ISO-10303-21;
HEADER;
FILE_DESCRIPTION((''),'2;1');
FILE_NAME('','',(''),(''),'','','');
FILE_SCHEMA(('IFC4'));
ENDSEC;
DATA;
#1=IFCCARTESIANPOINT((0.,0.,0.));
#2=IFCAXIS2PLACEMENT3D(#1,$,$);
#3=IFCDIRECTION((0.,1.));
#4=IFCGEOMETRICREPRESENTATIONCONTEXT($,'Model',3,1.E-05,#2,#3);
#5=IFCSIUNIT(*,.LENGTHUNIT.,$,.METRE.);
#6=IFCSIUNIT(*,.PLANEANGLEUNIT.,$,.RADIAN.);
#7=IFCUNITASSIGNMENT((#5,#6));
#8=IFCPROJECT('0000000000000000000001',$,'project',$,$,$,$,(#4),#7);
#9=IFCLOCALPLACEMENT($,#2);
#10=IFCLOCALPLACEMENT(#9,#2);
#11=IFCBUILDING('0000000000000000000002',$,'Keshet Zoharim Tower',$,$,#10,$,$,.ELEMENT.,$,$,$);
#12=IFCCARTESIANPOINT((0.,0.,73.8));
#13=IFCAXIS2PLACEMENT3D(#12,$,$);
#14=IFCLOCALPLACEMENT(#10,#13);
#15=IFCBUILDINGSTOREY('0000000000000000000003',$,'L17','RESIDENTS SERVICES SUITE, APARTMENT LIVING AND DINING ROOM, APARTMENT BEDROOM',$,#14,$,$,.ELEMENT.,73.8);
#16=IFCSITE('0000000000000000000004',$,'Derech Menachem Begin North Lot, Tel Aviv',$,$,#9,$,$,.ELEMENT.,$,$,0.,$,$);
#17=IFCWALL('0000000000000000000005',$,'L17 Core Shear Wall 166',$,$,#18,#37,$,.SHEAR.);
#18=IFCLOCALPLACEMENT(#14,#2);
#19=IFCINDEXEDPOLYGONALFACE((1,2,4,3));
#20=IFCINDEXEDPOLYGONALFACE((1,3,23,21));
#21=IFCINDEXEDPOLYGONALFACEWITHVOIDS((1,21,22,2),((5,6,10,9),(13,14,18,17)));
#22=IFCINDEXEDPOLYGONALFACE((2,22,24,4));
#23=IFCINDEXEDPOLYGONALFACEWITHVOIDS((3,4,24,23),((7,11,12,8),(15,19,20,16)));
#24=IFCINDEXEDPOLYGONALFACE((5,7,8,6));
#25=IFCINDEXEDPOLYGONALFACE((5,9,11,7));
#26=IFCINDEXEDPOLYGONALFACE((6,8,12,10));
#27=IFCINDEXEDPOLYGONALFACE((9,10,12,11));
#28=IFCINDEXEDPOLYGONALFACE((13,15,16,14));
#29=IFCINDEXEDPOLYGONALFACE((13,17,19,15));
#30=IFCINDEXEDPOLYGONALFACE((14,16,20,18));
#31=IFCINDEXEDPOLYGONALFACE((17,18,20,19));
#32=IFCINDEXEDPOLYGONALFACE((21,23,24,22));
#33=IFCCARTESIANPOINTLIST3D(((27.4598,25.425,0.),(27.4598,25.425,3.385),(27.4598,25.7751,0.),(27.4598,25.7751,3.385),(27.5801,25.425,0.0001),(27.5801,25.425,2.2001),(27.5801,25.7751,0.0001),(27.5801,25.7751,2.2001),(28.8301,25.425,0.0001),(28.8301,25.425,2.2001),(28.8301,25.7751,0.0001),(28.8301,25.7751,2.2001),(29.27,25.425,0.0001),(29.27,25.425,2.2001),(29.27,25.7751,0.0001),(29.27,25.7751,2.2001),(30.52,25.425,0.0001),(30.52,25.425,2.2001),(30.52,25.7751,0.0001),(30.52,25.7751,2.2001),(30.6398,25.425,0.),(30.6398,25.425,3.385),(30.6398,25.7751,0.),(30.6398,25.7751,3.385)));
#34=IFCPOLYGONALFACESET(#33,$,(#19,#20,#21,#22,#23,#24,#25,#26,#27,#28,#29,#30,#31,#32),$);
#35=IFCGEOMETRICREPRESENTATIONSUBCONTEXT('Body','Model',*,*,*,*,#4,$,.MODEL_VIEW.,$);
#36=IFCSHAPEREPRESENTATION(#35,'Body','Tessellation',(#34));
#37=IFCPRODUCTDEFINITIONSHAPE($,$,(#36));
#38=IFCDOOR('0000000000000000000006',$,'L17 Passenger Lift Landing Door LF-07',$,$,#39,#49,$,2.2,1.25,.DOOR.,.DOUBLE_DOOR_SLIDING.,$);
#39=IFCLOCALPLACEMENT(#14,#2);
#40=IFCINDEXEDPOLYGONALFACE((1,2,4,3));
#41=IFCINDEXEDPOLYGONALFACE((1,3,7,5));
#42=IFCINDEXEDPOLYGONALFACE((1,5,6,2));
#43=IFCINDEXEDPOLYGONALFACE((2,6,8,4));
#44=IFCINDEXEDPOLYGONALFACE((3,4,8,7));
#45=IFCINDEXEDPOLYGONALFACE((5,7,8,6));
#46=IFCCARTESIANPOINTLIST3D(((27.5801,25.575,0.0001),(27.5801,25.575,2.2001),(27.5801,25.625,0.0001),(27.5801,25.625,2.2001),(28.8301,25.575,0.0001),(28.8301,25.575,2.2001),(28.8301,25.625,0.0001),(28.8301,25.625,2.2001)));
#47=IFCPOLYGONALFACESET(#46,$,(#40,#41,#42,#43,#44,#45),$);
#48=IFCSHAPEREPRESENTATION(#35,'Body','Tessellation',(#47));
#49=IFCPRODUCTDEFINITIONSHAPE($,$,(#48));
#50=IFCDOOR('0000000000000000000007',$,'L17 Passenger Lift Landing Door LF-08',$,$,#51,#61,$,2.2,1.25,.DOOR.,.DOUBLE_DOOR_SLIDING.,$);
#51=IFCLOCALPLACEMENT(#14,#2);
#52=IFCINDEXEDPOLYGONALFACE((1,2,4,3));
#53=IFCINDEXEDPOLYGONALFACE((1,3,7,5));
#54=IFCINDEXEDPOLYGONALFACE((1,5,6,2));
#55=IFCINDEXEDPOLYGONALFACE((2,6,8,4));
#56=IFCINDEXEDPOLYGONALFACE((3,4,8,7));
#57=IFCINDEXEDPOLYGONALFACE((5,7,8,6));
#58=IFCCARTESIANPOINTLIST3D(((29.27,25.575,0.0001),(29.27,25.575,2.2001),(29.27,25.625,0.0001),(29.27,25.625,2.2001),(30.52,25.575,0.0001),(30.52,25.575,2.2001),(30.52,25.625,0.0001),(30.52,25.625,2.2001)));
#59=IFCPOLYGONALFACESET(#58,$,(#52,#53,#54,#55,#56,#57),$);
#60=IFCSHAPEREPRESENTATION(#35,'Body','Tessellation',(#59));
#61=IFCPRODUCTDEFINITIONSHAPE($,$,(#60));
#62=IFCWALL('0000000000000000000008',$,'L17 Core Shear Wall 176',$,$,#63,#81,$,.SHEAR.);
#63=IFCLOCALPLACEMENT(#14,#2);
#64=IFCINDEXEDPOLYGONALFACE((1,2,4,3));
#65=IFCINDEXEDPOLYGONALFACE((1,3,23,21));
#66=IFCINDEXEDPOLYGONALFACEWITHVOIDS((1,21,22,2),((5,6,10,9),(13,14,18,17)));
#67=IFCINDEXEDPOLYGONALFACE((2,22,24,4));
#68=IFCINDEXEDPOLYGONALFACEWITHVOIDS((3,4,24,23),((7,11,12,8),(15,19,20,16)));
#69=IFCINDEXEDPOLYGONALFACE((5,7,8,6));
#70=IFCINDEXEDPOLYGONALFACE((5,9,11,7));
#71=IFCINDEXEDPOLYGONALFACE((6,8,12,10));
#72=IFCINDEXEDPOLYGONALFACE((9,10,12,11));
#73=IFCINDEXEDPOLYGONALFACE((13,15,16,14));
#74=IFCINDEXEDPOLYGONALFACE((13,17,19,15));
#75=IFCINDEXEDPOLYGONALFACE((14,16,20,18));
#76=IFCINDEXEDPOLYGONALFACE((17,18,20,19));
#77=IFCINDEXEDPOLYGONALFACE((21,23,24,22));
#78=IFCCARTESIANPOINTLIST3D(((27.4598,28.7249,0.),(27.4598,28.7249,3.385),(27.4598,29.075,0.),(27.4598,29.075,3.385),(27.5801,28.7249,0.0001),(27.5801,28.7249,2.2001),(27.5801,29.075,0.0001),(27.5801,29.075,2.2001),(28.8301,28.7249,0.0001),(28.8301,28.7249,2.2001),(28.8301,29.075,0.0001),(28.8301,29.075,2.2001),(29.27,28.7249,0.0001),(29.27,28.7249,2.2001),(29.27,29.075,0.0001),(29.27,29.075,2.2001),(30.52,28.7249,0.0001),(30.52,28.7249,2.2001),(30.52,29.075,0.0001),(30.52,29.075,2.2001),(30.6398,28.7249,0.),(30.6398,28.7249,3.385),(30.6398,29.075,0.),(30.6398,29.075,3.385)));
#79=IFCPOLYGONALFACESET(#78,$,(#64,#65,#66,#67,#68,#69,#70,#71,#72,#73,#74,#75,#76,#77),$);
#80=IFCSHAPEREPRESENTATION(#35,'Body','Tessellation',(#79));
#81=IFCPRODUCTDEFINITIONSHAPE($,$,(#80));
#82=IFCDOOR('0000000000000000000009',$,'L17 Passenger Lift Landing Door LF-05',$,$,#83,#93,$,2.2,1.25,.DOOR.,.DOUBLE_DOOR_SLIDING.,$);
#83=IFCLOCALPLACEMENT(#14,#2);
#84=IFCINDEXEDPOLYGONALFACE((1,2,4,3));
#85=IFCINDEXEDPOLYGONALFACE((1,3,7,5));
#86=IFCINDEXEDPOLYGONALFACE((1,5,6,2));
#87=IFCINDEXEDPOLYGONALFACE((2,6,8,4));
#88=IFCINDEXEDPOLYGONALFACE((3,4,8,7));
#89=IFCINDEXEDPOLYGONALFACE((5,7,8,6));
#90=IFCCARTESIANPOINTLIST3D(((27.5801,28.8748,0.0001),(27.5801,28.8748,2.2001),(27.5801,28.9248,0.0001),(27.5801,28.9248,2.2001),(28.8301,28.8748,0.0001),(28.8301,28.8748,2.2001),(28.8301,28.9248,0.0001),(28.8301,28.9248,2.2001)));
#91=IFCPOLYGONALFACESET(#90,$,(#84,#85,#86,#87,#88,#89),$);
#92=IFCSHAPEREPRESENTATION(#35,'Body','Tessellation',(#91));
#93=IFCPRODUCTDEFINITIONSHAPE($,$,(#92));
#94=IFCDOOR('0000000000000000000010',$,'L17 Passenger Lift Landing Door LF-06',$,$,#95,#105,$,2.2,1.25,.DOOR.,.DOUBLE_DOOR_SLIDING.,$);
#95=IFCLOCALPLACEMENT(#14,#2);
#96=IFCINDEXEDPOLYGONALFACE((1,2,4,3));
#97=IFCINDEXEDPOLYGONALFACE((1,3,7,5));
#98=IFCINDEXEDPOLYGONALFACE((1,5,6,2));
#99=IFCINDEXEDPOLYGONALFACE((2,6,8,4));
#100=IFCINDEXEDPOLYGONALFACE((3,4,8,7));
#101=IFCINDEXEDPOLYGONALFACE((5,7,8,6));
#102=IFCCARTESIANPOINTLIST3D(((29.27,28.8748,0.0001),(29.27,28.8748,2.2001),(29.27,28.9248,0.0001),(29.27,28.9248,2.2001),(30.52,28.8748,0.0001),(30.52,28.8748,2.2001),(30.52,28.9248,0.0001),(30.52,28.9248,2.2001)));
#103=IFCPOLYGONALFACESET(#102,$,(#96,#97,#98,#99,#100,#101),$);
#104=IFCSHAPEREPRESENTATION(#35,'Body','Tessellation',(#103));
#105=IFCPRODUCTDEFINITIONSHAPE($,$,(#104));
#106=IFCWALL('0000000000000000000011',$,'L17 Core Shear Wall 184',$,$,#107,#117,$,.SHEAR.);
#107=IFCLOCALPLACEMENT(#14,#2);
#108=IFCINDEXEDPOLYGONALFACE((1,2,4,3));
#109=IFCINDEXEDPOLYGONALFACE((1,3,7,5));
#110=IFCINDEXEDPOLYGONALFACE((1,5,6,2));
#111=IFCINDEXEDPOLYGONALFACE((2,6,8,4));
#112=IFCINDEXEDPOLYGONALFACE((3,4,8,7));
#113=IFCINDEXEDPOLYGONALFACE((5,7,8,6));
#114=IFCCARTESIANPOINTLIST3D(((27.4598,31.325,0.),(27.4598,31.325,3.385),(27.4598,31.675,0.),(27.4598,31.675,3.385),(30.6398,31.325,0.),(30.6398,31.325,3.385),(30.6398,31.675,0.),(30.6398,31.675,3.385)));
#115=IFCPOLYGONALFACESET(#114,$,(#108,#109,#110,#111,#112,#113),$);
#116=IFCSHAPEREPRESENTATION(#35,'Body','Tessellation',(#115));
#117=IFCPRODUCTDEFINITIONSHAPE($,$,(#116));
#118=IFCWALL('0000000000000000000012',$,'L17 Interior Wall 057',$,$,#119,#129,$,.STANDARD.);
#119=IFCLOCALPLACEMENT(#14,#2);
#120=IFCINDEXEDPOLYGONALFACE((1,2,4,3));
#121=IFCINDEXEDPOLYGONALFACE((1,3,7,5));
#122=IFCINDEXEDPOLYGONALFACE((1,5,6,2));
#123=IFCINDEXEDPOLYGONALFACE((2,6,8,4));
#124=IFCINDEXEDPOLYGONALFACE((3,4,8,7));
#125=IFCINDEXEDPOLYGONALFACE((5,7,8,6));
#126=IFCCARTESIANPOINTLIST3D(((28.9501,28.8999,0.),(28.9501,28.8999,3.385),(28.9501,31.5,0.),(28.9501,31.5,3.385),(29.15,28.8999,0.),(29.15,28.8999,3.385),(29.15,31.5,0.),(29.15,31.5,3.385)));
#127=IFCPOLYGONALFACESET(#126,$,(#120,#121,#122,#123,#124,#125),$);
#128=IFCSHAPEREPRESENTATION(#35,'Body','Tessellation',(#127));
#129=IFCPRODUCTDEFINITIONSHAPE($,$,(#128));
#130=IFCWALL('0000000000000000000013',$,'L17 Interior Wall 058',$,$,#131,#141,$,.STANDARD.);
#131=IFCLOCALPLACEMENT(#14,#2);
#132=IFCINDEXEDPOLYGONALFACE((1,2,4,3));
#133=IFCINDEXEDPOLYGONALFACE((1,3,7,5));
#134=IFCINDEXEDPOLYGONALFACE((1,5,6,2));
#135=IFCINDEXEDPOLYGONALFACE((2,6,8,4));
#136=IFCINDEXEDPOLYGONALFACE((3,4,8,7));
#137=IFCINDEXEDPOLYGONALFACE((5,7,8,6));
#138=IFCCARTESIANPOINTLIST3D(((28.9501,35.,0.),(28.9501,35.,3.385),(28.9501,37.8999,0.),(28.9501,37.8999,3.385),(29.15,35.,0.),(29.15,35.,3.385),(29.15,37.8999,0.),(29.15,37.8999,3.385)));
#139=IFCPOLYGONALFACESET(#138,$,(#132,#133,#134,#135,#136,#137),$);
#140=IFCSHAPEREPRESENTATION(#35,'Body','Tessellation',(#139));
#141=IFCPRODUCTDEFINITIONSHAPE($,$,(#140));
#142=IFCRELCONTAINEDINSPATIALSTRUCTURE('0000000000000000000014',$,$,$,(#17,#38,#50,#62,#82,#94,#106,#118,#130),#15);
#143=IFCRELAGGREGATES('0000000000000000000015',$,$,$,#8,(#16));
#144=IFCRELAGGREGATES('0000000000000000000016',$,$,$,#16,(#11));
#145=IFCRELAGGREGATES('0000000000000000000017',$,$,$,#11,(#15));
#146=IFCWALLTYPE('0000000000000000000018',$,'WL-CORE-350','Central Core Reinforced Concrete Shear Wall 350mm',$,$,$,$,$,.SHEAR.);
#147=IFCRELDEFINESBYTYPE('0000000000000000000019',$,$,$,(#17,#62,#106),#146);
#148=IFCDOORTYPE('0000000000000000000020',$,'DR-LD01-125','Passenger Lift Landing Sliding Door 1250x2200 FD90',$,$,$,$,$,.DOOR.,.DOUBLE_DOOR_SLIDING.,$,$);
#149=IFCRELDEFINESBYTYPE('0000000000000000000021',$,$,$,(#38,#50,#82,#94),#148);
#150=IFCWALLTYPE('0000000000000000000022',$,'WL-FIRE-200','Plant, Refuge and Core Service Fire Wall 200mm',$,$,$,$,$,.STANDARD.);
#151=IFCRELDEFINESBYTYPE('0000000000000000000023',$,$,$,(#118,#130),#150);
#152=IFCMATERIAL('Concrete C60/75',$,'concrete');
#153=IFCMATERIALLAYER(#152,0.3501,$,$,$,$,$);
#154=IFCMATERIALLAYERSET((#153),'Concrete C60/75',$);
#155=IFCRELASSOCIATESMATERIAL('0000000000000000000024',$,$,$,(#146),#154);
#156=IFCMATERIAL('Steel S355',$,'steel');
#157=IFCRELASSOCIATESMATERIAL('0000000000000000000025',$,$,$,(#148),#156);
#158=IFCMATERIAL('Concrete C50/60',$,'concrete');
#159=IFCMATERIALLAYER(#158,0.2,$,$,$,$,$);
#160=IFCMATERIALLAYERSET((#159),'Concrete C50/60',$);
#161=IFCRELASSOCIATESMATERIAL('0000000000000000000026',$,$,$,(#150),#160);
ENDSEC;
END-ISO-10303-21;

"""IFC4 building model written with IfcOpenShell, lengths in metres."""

from ifc_helpers import new_model, si_unit, direction, frame, frame_2d, origin, place, context, subcontext, project, spatial, rectangle, extrude, material, layer, layer_set, type_object, element, fill, save


model = new_model("IFC4")

# Units and contexts
model_context = context("Model", 3, precision=1e-05, world=origin(), true_north=direction((0.0, 1.0)))
body_context = subcontext(model_context, "Body", "Model", "MODEL_VIEW")
ifc_project = project(units=[si_unit("LENGTHUNIT", "METRE"), si_unit("PLANEANGLEUNIT", "RADIAN")], contexts=[model_context])

# Site, building, storey
site_placement = place(None, origin())
site = spatial("IfcSite", under=ifc_project, at=site_placement, Name="Derech Menachem Begin North Lot, Tel Aviv", CompositionType="ELEMENT", RefElevation=0.0)
building_placement = place(site_placement, origin())
building = spatial("IfcBuilding", under=site, at=building_placement, Name="Keshet Zoharim Tower", CompositionType="ELEMENT")
storey_placement = place(building_placement, frame((0.0, 0.0, 73.8)))
storey = spatial("IfcBuildingStorey", under=building, at=storey_placement, Name="L17", Description="RESIDENTS SERVICES SUITE, APARTMENT LIVING AND DINING ROOM, APARTMENT BEDROOM", CompositionType="ELEMENT", Elevation=73.8)

# Shared definitions
ifc_material_1 = material(Name="Concrete C60/75", Category="concrete")

# Shared definitions
ifc_material_2 = material(Name="Steel S355", Category="steel")

# Shared definitions
ifc_layer_1 = layer(ifc_material_1, 0.3501)
ifc_layer_set_1 = layer_set([ifc_layer_1], Name="Concrete C60/75")
wall_type_1 = type_object("IfcWallType", Name="WL-CORE-350", Description="Central Core Reinforced Concrete Shear Wall 350mm", PredefinedType="SHEAR", material=ifc_layer_set_1)

# Walls, openings, doors
wall_1_placement = place(storey_placement, frame((27.46, 25.6001, 0.0), z_axis=(0.0, 0.0, 1.0), x_axis=(1.0, 0.0, 0.0)))
wall_1 = element("IfcWall", 1, at=wall_1_placement, inside=storey, type_object=wall_type_1, Name="L17 Core Shear Wall 166", PredefinedType="SHEAR", context=body_context, shape_type="SweptSolid", body=[
    extrude(rectangle(XDim=3.1799, YDim=0.3501, at=frame_2d((1.5898, 0.0))), origin(), (0.0, 0.0, 1.0), 3.385),
])
opening_1_placement = place(wall_1_placement, frame((0.1201, 0.0, 0.0)))
opening_1 = element("IfcOpeningElement", 2, at=opening_1_placement, cuts=wall_1, PredefinedType="OPENING", context=body_context, shape_type="SweptSolid", body=[
    extrude(rectangle(XDim=1.25, YDim=2.2, at=frame_2d((0.625, 1.1001))), frame((0.0, 0.1851, 0.0), z_axis=(0.0, -1.0, 0.0), x_axis=(1.0, 0.0, 0.0)), (0.0, 0.0, 1.0), 0.3701),
])
opening_2_placement = place(wall_1_placement, frame((1.8101, 0.0, 0.0)))
opening_2 = element("IfcOpeningElement", 3, at=opening_2_placement, cuts=wall_1, PredefinedType="OPENING", context=body_context, shape_type="SweptSolid", body=[
    extrude(rectangle(XDim=1.25, YDim=2.2, at=frame_2d((0.625, 1.1001))), frame((0.0, 0.1851, 0.0), z_axis=(0.0, -1.0, 0.0), x_axis=(1.0, 0.0, 0.0)), (0.0, 0.0, 1.0), 0.3701),
])
door_type_1 = type_object("IfcDoorType", Name="DR-LD01-125", Description="Passenger Lift Landing Sliding Door 1250x2200 FD90", OperationType="DOUBLE_DOOR_SLIDING", PredefinedType="DOOR", material=ifc_material_2)
door_1_placement = place(opening_1_placement, origin())
door_1 = element("IfcDoor", 4, at=door_1_placement, inside=storey, type_object=door_type_1, Name="L17 Passenger Lift Landing Door LF-07", OperationType="DOUBLE_DOOR_SLIDING", OverallHeight=2.2, OverallWidth=1.25, PredefinedType="DOOR", context=body_context, shape_type="SweptSolid", body=[
    extrude(rectangle(XDim=1.25, YDim=2.2, at=frame_2d((0.625, 1.1001))), frame((0.0, 0.0249, 0.0), z_axis=(0.0, -1.0, 0.0), x_axis=(1.0, 0.0, 0.0)), (0.0, 0.0, 1.0), 0.05),
])
fill(opening_1, door_1)
door_2_placement = place(opening_2_placement, origin())
door_2 = element("IfcDoor", 5, at=door_2_placement, inside=storey, type_object=door_type_1, Name="L17 Passenger Lift Landing Door LF-08", OperationType="DOUBLE_DOOR_SLIDING", OverallHeight=2.2, OverallWidth=1.25, PredefinedType="DOOR", context=body_context, shape_type="SweptSolid", body=[
    extrude(rectangle(XDim=1.25, YDim=2.2, at=frame_2d((0.625, 1.1001))), frame((0.0, 0.0249, 0.0), z_axis=(0.0, -1.0, 0.0), x_axis=(1.0, 0.0, 0.0)), (0.0, 0.0, 1.0), 0.05),
])
fill(opening_2, door_2)
wall_2_placement = place(storey_placement, frame((27.46, 28.8999, 0.0), z_axis=(0.0, 0.0, 1.0), x_axis=(1.0, 0.0, 0.0)))
wall_2 = element("IfcWall", 6, at=wall_2_placement, inside=storey, type_object=wall_type_1, Name="L17 Core Shear Wall 176", PredefinedType="SHEAR", context=body_context, shape_type="SweptSolid", body=[
    extrude(rectangle(XDim=3.1799, YDim=0.3501, at=frame_2d((1.5898, 0.0))), origin(), (0.0, 0.0, 1.0), 3.385),
])
opening_3_placement = place(wall_2_placement, frame((0.1201, 0.0, 0.0)))
opening_3 = element("IfcOpeningElement", 7, at=opening_3_placement, cuts=wall_2, PredefinedType="OPENING", context=body_context, shape_type="SweptSolid", body=[
    extrude(rectangle(XDim=1.25, YDim=2.2, at=frame_2d((0.625, 1.1001))), frame((0.0, 0.1851, 0.0), z_axis=(0.0, -1.0, 0.0), x_axis=(1.0, 0.0, 0.0)), (0.0, 0.0, 1.0), 0.3701),
])
opening_4_placement = place(wall_2_placement, frame((1.8101, 0.0, 0.0)))
opening_4 = element("IfcOpeningElement", 8, at=opening_4_placement, cuts=wall_2, PredefinedType="OPENING", context=body_context, shape_type="SweptSolid", body=[
    extrude(rectangle(XDim=1.25, YDim=2.2, at=frame_2d((0.625, 1.1001))), frame((0.0, 0.1851, 0.0), z_axis=(0.0, -1.0, 0.0), x_axis=(1.0, 0.0, 0.0)), (0.0, 0.0, 1.0), 0.3701),
])
door_3_placement = place(opening_3_placement, origin())
door_3 = element("IfcDoor", 9, at=door_3_placement, inside=storey, type_object=door_type_1, Name="L17 Passenger Lift Landing Door LF-05", OperationType="DOUBLE_DOOR_SLIDING", OverallHeight=2.2, OverallWidth=1.25, PredefinedType="DOOR", context=body_context, shape_type="SweptSolid", body=[
    extrude(rectangle(XDim=1.25, YDim=2.2, at=frame_2d((0.625, 1.1001))), frame((0.0, 0.0249, 0.0), z_axis=(0.0, -1.0, 0.0), x_axis=(1.0, 0.0, 0.0)), (0.0, 0.0, 1.0), 0.05),
])
fill(opening_3, door_3)
door_4_placement = place(opening_4_placement, origin())
door_4 = element("IfcDoor", 10, at=door_4_placement, inside=storey, type_object=door_type_1, Name="L17 Passenger Lift Landing Door LF-06", OperationType="DOUBLE_DOOR_SLIDING", OverallHeight=2.2, OverallWidth=1.25, PredefinedType="DOOR", context=body_context, shape_type="SweptSolid", body=[
    extrude(rectangle(XDim=1.25, YDim=2.2, at=frame_2d((0.625, 1.1001))), frame((0.0, 0.0249, 0.0), z_axis=(0.0, -1.0, 0.0), x_axis=(1.0, 0.0, 0.0)), (0.0, 0.0, 1.0), 0.05),
])
fill(opening_4, door_4)

# Walls
wall_3_placement = place(storey_placement, frame((27.46, 31.5, 0.0), z_axis=(0.0, 0.0, 1.0), x_axis=(1.0, 0.0, 0.0)))
element("IfcWall", 11, at=wall_3_placement, inside=storey, type_object=wall_type_1, Name="L17 Core Shear Wall 184", PredefinedType="SHEAR", context=body_context, shape_type="SweptSolid", body=[
    extrude(rectangle(XDim=3.1799, YDim=0.3501, at=frame_2d((1.5898, 0.0))), origin(), (0.0, 0.0, 1.0), 3.385),
])
ifc_material_3 = material(Name="Concrete C50/60", Category="concrete")
ifc_layer_2 = layer(ifc_material_3, 0.2)
ifc_layer_set_2 = layer_set([ifc_layer_2], Name="Concrete C50/60")
wall_type_2 = type_object("IfcWallType", Name="WL-FIRE-200", Description="Plant, Refuge and Core Service Fire Wall 200mm", PredefinedType="STANDARD", material=ifc_layer_set_2)
wall_4_placement = place(storey_placement, frame((29.05, 28.8999, 0.0), z_axis=(0.0, 0.0, 1.0), x_axis=(0.0, 1.0, 0.0)))
element("IfcWall", 12, at=wall_4_placement, inside=storey, type_object=wall_type_2, Name="L17 Interior Wall 057", PredefinedType="STANDARD", context=body_context, shape_type="SweptSolid", body=[
    extrude(rectangle(XDim=2.6001, YDim=0.2, at=frame_2d((1.3, 0.0))), origin(), (0.0, 0.0, 1.0), 3.385),
])
wall_5_placement = place(storey_placement, frame((29.05, 35.0, 0.0), z_axis=(0.0, 0.0, 1.0), x_axis=(0.0, 1.0, 0.0)))
element("IfcWall", 13, at=wall_5_placement, inside=storey, type_object=wall_type_2, Name="L17 Interior Wall 058", PredefinedType="STANDARD", context=body_context, shape_type="SweptSolid", body=[
    extrude(rectangle(XDim=2.8999, YDim=0.2, at=frame_2d((1.45, 0.0))), origin(), (0.0, 0.0, 1.0), 3.385),
])

save(model, "model.ifc")
